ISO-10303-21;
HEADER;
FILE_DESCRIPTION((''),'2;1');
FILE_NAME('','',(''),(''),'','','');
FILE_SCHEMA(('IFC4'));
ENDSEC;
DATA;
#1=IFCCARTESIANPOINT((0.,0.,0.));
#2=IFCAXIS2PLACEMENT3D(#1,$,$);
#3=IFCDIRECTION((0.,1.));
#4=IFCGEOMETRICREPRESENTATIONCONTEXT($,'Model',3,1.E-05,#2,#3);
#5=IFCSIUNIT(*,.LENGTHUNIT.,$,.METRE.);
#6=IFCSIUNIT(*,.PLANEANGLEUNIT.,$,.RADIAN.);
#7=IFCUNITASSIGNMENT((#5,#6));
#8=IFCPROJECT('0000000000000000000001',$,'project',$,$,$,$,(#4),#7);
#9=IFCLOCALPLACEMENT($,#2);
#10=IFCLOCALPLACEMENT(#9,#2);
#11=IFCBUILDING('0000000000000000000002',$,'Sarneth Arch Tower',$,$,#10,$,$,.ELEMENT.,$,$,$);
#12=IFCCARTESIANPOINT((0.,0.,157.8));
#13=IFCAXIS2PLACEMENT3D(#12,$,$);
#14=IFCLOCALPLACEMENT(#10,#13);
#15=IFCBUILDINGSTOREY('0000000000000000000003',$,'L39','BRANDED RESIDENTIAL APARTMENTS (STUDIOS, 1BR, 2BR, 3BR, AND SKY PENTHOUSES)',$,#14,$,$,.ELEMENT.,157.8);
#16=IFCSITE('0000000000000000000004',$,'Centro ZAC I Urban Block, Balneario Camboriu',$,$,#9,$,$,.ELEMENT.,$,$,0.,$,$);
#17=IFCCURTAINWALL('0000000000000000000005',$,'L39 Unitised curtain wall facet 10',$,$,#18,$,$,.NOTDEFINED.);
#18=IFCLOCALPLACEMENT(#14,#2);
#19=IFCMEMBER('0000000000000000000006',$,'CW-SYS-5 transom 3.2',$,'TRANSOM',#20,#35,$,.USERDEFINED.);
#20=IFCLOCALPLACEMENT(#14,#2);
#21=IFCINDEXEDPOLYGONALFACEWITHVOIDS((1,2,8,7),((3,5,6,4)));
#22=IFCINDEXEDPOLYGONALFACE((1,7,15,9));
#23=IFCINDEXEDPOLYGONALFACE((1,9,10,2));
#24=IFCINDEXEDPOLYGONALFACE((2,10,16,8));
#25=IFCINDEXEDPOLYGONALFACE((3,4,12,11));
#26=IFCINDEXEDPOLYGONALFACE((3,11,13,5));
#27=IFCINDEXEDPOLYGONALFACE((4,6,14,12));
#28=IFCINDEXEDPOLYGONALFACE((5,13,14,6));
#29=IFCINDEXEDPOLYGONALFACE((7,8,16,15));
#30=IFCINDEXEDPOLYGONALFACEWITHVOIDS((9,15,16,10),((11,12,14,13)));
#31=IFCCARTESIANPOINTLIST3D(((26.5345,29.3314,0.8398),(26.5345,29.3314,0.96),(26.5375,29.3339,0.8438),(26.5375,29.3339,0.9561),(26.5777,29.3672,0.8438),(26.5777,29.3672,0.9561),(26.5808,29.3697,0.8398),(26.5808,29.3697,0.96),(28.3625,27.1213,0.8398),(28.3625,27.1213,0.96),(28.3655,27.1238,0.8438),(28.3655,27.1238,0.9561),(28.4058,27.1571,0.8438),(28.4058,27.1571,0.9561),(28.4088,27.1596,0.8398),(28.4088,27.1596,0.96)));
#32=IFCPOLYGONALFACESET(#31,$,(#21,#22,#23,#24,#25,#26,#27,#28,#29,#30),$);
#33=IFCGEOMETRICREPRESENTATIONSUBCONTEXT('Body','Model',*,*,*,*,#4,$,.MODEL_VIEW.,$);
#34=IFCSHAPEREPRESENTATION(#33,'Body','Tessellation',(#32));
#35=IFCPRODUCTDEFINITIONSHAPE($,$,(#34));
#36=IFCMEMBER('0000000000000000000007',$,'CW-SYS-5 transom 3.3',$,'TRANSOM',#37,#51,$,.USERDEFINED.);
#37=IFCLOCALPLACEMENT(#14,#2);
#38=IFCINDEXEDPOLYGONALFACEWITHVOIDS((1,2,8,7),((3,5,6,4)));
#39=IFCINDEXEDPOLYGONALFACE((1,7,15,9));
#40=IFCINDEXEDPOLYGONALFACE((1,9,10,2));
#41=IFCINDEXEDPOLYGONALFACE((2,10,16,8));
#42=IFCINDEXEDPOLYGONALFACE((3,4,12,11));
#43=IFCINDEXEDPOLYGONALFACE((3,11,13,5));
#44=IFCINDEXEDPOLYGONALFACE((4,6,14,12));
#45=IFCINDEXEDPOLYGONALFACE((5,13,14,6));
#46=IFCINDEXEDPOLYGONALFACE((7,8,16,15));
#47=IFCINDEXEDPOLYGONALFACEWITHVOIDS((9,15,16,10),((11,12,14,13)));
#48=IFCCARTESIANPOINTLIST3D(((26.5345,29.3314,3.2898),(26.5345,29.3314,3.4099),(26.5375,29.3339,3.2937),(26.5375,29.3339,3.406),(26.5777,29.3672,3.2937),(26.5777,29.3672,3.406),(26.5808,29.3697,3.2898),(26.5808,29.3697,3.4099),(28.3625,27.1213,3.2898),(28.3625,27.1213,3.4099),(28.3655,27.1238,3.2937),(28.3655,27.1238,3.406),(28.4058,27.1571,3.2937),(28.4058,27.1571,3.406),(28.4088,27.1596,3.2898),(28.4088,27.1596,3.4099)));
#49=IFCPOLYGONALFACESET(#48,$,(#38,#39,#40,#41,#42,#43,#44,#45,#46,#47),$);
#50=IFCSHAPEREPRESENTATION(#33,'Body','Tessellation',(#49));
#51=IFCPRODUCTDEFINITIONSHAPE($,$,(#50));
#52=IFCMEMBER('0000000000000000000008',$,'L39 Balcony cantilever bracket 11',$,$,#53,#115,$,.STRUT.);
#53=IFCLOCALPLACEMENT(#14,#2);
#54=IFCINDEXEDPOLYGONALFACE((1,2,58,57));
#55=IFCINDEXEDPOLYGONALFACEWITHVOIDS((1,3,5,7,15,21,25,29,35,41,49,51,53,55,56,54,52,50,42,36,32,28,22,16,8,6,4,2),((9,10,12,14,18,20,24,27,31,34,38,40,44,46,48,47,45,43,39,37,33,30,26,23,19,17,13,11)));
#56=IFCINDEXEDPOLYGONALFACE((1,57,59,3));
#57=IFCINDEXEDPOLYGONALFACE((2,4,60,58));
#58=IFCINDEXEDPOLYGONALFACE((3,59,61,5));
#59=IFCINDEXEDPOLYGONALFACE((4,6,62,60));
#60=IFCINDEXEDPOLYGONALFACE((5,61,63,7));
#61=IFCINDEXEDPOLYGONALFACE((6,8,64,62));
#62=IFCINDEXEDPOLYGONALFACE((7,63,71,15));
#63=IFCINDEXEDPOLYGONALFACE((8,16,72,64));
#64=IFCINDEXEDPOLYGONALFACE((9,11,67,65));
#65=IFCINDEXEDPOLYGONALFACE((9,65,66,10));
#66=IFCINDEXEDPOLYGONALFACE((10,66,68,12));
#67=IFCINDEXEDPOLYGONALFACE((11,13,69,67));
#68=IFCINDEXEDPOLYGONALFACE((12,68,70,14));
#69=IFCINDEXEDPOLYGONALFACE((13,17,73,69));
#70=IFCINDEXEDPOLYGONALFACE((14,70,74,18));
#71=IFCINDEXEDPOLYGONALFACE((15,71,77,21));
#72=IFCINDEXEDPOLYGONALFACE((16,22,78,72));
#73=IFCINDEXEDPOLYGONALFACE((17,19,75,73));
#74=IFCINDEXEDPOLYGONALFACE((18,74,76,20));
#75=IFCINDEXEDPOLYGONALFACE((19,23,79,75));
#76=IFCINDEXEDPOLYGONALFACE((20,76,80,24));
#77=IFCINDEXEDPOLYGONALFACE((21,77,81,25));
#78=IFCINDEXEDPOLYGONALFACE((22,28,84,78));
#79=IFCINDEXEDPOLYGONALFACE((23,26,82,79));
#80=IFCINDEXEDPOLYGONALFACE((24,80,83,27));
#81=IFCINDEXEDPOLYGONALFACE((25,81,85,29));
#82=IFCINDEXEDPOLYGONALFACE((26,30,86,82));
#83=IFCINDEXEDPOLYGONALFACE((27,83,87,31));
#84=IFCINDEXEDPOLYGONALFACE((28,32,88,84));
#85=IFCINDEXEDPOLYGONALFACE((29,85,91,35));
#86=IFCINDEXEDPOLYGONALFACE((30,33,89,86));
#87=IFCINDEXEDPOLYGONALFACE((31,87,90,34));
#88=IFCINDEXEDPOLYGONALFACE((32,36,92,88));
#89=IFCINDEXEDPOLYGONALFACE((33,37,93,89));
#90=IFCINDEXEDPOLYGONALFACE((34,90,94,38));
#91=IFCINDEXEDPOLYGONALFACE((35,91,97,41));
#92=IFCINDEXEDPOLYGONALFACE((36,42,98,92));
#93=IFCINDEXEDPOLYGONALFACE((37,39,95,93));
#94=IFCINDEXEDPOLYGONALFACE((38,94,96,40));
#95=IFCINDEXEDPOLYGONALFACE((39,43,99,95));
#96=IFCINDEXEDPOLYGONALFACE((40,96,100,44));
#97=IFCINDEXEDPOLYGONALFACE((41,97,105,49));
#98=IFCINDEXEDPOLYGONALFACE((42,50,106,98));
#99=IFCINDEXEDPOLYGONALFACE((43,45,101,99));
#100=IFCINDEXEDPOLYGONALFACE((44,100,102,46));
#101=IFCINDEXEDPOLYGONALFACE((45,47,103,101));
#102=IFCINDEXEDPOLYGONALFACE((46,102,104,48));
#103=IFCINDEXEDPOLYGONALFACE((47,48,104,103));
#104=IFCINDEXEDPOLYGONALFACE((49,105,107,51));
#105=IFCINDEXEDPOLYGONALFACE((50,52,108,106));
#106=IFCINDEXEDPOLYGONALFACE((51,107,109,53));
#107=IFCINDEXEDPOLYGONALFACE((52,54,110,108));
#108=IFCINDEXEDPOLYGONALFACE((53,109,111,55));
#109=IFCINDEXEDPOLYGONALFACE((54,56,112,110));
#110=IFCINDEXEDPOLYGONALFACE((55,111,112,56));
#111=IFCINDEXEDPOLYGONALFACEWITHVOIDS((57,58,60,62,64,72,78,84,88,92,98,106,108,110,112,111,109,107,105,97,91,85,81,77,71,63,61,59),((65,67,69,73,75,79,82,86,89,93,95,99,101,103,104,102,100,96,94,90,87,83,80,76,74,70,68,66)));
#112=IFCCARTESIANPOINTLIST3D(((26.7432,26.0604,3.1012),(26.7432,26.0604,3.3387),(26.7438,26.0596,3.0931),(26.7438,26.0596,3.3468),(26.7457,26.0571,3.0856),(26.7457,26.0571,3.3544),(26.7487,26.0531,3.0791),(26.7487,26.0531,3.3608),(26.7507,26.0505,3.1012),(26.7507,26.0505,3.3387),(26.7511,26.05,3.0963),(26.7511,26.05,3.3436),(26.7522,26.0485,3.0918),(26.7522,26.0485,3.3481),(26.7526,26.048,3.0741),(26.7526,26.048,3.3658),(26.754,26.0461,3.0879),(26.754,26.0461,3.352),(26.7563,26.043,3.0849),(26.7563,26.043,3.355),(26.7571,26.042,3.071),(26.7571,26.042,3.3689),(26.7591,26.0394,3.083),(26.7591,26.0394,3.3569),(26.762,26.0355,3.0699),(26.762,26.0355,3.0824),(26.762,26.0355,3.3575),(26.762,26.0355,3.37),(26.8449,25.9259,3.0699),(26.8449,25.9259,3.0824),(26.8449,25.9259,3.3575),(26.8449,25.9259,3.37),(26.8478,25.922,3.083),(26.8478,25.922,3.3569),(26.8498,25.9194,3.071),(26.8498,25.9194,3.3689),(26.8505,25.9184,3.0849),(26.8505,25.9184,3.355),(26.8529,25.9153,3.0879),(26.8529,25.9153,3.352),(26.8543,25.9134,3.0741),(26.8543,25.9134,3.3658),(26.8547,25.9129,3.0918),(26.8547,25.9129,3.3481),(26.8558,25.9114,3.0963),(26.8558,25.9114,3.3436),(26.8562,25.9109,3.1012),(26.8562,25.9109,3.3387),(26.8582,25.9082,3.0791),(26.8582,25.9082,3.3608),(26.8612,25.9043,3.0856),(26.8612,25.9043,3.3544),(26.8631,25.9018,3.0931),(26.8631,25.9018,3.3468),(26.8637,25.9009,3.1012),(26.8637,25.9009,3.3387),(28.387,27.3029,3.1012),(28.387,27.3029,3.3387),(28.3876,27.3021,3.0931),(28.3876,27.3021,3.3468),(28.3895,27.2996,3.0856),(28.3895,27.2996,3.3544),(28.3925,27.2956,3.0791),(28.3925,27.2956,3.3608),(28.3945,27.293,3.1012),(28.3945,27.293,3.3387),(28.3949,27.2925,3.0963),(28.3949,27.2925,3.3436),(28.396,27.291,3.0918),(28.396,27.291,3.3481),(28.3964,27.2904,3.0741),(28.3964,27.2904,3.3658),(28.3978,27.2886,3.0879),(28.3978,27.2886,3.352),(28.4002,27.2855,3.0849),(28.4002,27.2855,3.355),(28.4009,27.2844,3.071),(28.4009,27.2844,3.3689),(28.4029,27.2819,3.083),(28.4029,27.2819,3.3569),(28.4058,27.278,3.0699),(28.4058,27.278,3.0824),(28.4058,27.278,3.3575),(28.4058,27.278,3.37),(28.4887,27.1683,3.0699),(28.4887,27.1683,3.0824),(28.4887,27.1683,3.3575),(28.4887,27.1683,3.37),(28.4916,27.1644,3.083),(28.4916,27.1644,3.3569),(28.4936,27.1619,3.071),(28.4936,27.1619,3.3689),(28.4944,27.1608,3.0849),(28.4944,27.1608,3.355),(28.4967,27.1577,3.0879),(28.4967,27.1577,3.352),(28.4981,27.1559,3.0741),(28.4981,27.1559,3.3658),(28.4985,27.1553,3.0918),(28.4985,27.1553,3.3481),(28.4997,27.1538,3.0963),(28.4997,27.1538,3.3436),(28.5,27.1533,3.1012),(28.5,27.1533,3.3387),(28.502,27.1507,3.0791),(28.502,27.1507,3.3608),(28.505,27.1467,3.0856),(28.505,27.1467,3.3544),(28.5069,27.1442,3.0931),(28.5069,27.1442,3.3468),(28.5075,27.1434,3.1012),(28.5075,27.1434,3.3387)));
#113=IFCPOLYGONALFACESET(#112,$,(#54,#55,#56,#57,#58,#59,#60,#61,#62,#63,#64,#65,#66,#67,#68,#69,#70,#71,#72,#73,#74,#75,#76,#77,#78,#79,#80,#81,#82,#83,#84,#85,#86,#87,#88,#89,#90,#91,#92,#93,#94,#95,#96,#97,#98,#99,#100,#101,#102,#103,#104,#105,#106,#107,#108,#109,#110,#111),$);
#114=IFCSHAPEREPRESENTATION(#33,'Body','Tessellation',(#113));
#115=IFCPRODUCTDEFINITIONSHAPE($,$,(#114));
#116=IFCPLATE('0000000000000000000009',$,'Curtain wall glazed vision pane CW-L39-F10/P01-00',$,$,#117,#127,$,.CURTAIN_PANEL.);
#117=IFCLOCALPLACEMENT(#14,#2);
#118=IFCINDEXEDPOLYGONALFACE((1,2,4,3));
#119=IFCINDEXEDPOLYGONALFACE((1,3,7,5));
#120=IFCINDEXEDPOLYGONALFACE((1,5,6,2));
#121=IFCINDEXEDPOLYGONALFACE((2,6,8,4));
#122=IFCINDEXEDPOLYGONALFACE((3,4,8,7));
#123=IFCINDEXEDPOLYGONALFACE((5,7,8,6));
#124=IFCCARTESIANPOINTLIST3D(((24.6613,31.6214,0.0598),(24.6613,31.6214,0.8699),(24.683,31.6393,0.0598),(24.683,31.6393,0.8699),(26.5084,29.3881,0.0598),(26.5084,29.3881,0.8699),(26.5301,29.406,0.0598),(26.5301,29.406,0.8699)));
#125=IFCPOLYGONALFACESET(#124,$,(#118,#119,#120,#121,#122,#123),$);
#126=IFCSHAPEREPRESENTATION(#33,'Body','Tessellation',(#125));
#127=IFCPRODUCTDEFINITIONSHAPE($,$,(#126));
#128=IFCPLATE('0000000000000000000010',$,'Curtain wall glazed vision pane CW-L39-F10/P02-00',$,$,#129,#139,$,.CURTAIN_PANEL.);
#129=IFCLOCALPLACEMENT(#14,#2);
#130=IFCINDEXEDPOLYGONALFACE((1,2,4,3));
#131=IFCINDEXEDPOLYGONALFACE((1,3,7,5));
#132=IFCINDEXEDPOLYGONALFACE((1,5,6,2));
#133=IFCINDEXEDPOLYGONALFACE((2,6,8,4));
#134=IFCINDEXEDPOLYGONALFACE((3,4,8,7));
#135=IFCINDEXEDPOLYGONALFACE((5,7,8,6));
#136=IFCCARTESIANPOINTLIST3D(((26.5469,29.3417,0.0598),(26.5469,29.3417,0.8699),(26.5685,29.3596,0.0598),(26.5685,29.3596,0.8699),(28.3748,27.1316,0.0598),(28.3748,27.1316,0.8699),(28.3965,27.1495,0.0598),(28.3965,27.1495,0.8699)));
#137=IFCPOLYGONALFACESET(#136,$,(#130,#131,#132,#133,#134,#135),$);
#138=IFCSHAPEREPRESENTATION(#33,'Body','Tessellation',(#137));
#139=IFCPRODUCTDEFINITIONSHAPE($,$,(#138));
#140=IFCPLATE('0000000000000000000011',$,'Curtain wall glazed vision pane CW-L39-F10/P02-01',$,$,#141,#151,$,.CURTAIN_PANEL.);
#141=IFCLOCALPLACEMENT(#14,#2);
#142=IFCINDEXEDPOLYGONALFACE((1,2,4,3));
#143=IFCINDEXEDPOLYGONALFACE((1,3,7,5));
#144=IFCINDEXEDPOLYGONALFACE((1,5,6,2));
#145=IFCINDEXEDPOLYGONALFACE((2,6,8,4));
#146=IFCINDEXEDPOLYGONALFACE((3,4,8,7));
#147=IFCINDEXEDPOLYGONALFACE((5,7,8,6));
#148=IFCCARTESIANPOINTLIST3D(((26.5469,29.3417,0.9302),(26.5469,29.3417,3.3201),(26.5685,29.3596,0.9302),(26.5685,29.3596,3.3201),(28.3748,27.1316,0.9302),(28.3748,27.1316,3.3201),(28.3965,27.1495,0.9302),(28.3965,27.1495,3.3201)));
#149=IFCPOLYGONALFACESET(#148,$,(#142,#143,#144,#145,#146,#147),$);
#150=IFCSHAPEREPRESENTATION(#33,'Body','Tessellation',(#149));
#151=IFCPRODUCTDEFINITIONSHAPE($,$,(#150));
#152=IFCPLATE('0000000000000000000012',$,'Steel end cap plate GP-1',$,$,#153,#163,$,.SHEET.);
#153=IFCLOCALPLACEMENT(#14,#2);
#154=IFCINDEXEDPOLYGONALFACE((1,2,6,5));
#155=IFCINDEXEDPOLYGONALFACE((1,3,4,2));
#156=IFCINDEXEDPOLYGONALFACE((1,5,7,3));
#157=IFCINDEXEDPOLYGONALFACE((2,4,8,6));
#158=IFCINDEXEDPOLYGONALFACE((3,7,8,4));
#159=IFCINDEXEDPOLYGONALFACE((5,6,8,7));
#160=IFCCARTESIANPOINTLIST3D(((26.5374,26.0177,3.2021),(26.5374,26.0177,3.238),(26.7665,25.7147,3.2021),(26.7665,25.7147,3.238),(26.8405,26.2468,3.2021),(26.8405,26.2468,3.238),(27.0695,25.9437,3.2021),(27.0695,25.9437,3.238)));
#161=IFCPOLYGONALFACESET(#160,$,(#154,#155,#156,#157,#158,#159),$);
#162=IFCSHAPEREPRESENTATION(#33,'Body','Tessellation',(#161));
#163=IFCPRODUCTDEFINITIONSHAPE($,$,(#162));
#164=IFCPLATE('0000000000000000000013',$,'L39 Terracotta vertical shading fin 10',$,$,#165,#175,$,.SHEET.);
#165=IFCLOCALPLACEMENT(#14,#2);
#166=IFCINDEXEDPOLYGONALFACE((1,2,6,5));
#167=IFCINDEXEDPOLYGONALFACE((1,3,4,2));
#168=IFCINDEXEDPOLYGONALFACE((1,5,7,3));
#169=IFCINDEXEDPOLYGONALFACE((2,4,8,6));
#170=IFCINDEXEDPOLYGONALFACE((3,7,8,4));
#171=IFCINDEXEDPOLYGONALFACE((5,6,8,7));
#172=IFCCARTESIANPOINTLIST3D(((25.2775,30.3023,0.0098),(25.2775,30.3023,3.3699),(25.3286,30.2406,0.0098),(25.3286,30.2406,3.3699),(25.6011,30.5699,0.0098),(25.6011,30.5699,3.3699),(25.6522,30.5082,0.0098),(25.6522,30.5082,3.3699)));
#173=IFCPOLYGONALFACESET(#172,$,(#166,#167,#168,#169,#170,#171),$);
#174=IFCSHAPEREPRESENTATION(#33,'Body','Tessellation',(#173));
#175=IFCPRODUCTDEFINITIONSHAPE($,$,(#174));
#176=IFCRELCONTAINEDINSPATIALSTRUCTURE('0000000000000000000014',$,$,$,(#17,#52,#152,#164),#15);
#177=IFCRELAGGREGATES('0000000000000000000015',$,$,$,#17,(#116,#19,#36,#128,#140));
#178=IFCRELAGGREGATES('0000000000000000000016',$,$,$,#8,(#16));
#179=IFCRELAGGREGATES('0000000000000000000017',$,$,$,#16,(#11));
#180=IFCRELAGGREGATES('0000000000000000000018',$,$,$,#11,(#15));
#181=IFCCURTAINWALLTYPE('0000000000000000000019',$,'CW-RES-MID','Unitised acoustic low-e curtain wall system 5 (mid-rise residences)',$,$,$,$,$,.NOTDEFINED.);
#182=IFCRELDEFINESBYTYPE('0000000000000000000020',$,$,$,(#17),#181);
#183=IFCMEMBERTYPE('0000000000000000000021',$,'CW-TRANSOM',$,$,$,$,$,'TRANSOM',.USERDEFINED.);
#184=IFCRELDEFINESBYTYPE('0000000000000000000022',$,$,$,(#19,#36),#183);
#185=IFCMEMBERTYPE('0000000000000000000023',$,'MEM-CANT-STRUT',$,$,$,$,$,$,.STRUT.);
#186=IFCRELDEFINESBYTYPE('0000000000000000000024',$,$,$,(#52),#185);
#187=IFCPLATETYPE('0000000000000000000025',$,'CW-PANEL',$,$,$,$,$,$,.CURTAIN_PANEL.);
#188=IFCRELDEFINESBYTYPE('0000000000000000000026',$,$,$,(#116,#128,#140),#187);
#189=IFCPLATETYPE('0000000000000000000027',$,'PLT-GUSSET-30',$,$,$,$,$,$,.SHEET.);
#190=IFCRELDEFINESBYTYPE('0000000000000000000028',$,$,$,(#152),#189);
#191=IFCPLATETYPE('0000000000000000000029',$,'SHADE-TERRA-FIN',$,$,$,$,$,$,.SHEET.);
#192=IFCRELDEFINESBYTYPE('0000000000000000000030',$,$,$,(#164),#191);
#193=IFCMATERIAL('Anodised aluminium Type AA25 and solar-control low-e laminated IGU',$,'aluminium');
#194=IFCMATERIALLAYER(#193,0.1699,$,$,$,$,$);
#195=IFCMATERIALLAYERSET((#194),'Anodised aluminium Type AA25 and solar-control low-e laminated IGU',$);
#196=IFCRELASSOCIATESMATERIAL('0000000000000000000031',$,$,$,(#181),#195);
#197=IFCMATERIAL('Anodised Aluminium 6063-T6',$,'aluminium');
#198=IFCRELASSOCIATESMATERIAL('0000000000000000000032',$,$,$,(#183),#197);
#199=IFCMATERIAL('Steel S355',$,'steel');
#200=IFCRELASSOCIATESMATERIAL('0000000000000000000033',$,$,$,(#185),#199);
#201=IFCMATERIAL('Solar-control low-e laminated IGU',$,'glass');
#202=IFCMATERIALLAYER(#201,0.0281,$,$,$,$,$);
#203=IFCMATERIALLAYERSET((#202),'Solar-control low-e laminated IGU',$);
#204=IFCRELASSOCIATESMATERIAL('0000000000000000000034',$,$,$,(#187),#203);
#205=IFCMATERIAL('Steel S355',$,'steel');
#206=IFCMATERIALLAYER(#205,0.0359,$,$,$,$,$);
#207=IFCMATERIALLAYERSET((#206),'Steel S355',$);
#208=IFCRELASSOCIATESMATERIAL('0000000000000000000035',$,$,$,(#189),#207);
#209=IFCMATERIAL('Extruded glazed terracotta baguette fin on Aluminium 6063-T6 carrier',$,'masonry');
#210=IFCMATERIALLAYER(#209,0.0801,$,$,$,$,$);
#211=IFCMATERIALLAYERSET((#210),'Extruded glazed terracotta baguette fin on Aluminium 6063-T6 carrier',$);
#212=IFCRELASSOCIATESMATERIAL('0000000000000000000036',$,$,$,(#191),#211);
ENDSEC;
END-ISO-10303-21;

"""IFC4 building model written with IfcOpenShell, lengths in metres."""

from ifc_helpers import new_model, si_unit, direction, frame, origin, origin_2d, place, context, subcontext, project, spatial, rectangle, hollow_rectangle, extrude, material, layer, layer_set, material_profile, profile_set, type_object, element, aggregate, save


model = new_model("IFC4")

# Units and contexts
model_context = context("Model", 3, precision=1e-05, world=origin(), true_north=direction((0.0, 1.0)))
body_context = subcontext(model_context, "Body", "Model", "MODEL_VIEW")
ifc_project = project(units=[si_unit("LENGTHUNIT", "METRE"), si_unit("PLANEANGLEUNIT", "RADIAN")], contexts=[model_context])

# Site, building, storey
site_placement = place(None, origin())
site = spatial("IfcSite", under=ifc_project, at=site_placement, Name="Centro ZAC I Urban Block, Balneario Camboriu", CompositionType="ELEMENT", RefElevation=0.0)
building_placement = place(site_placement, origin())
building = spatial("IfcBuilding", under=site, at=building_placement, Name="Sarneth Arch Tower", CompositionType="ELEMENT")
storey_placement = place(building_placement, frame((0.0, 0.0, 157.8)))
storey = spatial("IfcBuildingStorey", under=building, at=storey_placement, Name="L39", Description="BRANDED RESIDENTIAL APARTMENTS (STUDIOS, 1BR, 2BR, 3BR, AND SKY PENTHOUSES)", CompositionType="ELEMENT", Elevation=157.8)

# Curtain wall, members
ifc_material_1 = material(Name="Anodised aluminium Type AA25 and solar-control low-e laminated IGU", Category="aluminium")
ifc_layer_1 = layer(ifc_material_1, 0.1699)
ifc_layer_set_1 = layer_set([ifc_layer_1], Name="Anodised aluminium Type AA25 and solar-control low-e laminated IGU")
curtain_wall_type = type_object("IfcCurtainWallType", Name="CW-RES-MID", Description="Unitised acoustic low-e curtain wall system 5 (mid-rise residences)", PredefinedType="NOTDEFINED", material=ifc_layer_set_1)
curtain_wall_placement = place(storey_placement, origin())
curtain_wall = element("IfcCurtainWall", 1, at=curtain_wall_placement, inside=storey, type_object=curtain_wall_type, Name="L39 Unitised curtain wall facet 10", PredefinedType="NOTDEFINED")
ifc_material_2 = material(Name="Anodised Aluminium 6063-T6", Category="aluminium")
ifc_material_profile_1 = material_profile(ifc_material_2, hollow_rectangle(XDim=0.0601, YDim=0.1201, WallThickness=0.0039, at=origin_2d()), Name="AL-TRAN-120x60x4")
ifc_profile_set_1 = profile_set([ifc_material_profile_1], Name="Anodised Aluminium 6063-T6")
member_type_1 = type_object("IfcMemberType", Name="CW-TRANSOM", ElementType="TRANSOM", PredefinedType="USERDEFINED", material=ifc_profile_set_1)
member_1_placement = place(storey_placement, frame((26.5576, 29.3506, 0.8999), z_axis=(0.637359, -0.770567, 0.0), x_axis=(0.770567, 0.637359, 0.0)))
member_1 = element("IfcMember", 2, at=member_1_placement, type_object=member_type_1, Name="CW-SYS-5 transom 3.2", ObjectType="TRANSOM", PredefinedType="USERDEFINED", context=body_context, shape_type="SweptSolid", body=[
    extrude(hollow_rectangle(XDim=0.0601, YDim=0.1201, WallThickness=0.0039, at=origin_2d()), origin(), (0.0, 0.0, 1.0), 2.8682),
])
member_2_placement = place(storey_placement, frame((26.5576, 29.3506, 3.3499), z_axis=(0.637359, -0.770567, 0.0), x_axis=(0.770567, 0.637359, 0.0)))
member_2 = element("IfcMember", 3, at=member_2_placement, type_object=member_type_1, Name="CW-SYS-5 transom 3.3", ObjectType="TRANSOM", PredefinedType="USERDEFINED", context=body_context, shape_type="SweptSolid", body=[
    extrude(hollow_rectangle(XDim=0.0601, YDim=0.1201, WallThickness=0.0039, at=origin_2d()), origin(), (0.0, 0.0, 1.0), 2.8682),
])

# Member
ifc_material_3 = material(Name="Steel S355", Category="steel")
ifc_material_profile_2 = material_profile(ifc_material_3, hollow_rectangle(XDim=0.2, YDim=0.3, WallThickness=0.0125, InnerFilletRadius=0.0188, OuterFilletRadius=0.0312, at=origin_2d()), Name="RHS300x200x12.5")
ifc_profile_set_2 = profile_set([ifc_material_profile_2], Name="Steel S355")
member_type_2 = type_object("IfcMemberType", Name="MEM-CANT-STRUT", PredefinedType="STRUT", material=ifc_profile_set_2)
member_3_placement = place(storey_placement, frame((28.4473, 27.2231, 3.22), z_axis=(-0.797762, -0.602972, 0.0), x_axis=(0.602972, -0.797762, 0.0)))
element("IfcMember", 4, at=member_3_placement, inside=storey, type_object=member_type_2, Name="L39 Balcony cantilever bracket 11", PredefinedType="STRUT", context=body_context, shape_type="SweptSolid", body=[
    extrude(hollow_rectangle(XDim=0.2, YDim=0.3, WallThickness=0.0125, InnerFilletRadius=0.0188, OuterFilletRadius=0.0312, at=origin_2d()), origin(), (0.0, 0.0, 1.0), 2.0605),
])

# Plates
ifc_material_4 = material(Name="Solar-control low-e laminated IGU", Category="glass")
ifc_layer_2 = layer(ifc_material_4, 0.0281)
ifc_layer_set_2 = layer_set([ifc_layer_2], Name="Solar-control low-e laminated IGU")
plate_type_1 = type_object("IfcPlateType", Name="CW-PANEL", PredefinedType="CURTAIN_PANEL", material=ifc_layer_set_2)
plate_1_placement = place(storey_placement, frame((25.5957, 30.5137, 0.0598), z_axis=(0.0, 0.0, 1.0), x_axis=(0.63733, -0.770591, 0.0)))
plate_1 = element("IfcPlate", 5, at=plate_1_placement, type_object=plate_type_1, Name="Curtain wall glazed vision pane CW-L39-F10/P01-00", PredefinedType="CURTAIN_PANEL", context=body_context, shape_type="SweptSolid", body=[
    extrude(rectangle(XDim=2.8982, YDim=0.0281, at=origin_2d()), origin(), (0.0, 0.0, 1.0), 0.8101),
])
plate_2_placement = place(storey_placement, frame((27.4717, 28.2456, 0.0598), z_axis=(0.0, 0.0, 1.0), x_axis=(0.63733, -0.770591, 0.0)))
plate_2 = element("IfcPlate", 6, at=plate_2_placement, type_object=plate_type_1, Name="Curtain wall glazed vision pane CW-L39-F10/P02-00", PredefinedType="CURTAIN_PANEL", context=body_context, shape_type="SweptSolid", body=[
    extrude(rectangle(XDim=2.8682, YDim=0.0281, at=origin_2d()), origin(), (0.0, 0.0, 1.0), 0.8101),
])
plate_3_placement = place(storey_placement, frame((27.4717, 28.2456, 0.9302), z_axis=(0.0, 0.0, 1.0), x_axis=(0.63733, -0.770591, 0.0)))
plate_3 = element("IfcPlate", 7, at=plate_3_placement, type_object=plate_type_1, Name="Curtain wall glazed vision pane CW-L39-F10/P02-01", PredefinedType="CURTAIN_PANEL", context=body_context, shape_type="SweptSolid", body=[
    extrude(rectangle(XDim=2.8682, YDim=0.0281, at=origin_2d()), origin(), (0.0, 0.0, 1.0), 2.3899),
])
aggregate(curtain_wall, [plate_1, member_1, member_2, plate_2, plate_3])

# Plates
ifc_material_5 = material(Name="Steel S355", Category="steel")
ifc_layer_3 = layer(ifc_material_5, 0.0359)
ifc_layer_set_3 = layer_set([ifc_layer_3], Name="Steel S355")
plate_type_2 = type_object("IfcPlateType", Name="PLT-GUSSET-30", PredefinedType="SHEET", material=ifc_layer_set_3)
plate_4_placement = place(storey_placement, frame((26.8035, 25.9807, 3.2021), z_axis=(0.0, 0.0, 1.0), x_axis=(-0.797794, -0.60293, 0.0)))
element("IfcPlate", 8, at=plate_4_placement, inside=storey, type_object=plate_type_2, Name="Steel end cap plate GP-1", PredefinedType="SHEET", context=body_context, shape_type="SweptSolid", body=[
    extrude(rectangle(XDim=0.3799, YDim=0.3799, at=origin_2d()), origin(), (0.0, 0.0, 1.0), 0.0359),
])
ifc_material_6 = material(Name="Extruded glazed terracotta baguette fin on Aluminium 6063-T6 carrier", Category="masonry")
ifc_layer_4 = layer(ifc_material_6, 0.0801)
ifc_layer_set_4 = layer_set([ifc_layer_4], Name="Extruded glazed terracotta baguette fin on Aluminium 6063-T6 carrier")
plate_type_3 = type_object("IfcPlateType", Name="SHADE-TERRA-FIN", PredefinedType="SHEET", material=ifc_layer_set_4)
plate_5_placement = place(storey_placement, frame((25.4648, 30.4053, 0.0098), z_axis=(0.0, 0.0, 1.0), x_axis=(-0.770624, -0.63729, 0.0)))
element("IfcPlate", 9, at=plate_5_placement, inside=storey, type_object=plate_type_3, Name="L39 Terracotta vertical shading fin 10", PredefinedType="SHEET", context=body_context, shape_type="SweptSolid", body=[
    extrude(rectangle(XDim=0.4199, YDim=0.0801, at=origin_2d()), origin(), (0.0, 0.0, 1.0), 3.3601),
])

save(model, "model.ifc")
